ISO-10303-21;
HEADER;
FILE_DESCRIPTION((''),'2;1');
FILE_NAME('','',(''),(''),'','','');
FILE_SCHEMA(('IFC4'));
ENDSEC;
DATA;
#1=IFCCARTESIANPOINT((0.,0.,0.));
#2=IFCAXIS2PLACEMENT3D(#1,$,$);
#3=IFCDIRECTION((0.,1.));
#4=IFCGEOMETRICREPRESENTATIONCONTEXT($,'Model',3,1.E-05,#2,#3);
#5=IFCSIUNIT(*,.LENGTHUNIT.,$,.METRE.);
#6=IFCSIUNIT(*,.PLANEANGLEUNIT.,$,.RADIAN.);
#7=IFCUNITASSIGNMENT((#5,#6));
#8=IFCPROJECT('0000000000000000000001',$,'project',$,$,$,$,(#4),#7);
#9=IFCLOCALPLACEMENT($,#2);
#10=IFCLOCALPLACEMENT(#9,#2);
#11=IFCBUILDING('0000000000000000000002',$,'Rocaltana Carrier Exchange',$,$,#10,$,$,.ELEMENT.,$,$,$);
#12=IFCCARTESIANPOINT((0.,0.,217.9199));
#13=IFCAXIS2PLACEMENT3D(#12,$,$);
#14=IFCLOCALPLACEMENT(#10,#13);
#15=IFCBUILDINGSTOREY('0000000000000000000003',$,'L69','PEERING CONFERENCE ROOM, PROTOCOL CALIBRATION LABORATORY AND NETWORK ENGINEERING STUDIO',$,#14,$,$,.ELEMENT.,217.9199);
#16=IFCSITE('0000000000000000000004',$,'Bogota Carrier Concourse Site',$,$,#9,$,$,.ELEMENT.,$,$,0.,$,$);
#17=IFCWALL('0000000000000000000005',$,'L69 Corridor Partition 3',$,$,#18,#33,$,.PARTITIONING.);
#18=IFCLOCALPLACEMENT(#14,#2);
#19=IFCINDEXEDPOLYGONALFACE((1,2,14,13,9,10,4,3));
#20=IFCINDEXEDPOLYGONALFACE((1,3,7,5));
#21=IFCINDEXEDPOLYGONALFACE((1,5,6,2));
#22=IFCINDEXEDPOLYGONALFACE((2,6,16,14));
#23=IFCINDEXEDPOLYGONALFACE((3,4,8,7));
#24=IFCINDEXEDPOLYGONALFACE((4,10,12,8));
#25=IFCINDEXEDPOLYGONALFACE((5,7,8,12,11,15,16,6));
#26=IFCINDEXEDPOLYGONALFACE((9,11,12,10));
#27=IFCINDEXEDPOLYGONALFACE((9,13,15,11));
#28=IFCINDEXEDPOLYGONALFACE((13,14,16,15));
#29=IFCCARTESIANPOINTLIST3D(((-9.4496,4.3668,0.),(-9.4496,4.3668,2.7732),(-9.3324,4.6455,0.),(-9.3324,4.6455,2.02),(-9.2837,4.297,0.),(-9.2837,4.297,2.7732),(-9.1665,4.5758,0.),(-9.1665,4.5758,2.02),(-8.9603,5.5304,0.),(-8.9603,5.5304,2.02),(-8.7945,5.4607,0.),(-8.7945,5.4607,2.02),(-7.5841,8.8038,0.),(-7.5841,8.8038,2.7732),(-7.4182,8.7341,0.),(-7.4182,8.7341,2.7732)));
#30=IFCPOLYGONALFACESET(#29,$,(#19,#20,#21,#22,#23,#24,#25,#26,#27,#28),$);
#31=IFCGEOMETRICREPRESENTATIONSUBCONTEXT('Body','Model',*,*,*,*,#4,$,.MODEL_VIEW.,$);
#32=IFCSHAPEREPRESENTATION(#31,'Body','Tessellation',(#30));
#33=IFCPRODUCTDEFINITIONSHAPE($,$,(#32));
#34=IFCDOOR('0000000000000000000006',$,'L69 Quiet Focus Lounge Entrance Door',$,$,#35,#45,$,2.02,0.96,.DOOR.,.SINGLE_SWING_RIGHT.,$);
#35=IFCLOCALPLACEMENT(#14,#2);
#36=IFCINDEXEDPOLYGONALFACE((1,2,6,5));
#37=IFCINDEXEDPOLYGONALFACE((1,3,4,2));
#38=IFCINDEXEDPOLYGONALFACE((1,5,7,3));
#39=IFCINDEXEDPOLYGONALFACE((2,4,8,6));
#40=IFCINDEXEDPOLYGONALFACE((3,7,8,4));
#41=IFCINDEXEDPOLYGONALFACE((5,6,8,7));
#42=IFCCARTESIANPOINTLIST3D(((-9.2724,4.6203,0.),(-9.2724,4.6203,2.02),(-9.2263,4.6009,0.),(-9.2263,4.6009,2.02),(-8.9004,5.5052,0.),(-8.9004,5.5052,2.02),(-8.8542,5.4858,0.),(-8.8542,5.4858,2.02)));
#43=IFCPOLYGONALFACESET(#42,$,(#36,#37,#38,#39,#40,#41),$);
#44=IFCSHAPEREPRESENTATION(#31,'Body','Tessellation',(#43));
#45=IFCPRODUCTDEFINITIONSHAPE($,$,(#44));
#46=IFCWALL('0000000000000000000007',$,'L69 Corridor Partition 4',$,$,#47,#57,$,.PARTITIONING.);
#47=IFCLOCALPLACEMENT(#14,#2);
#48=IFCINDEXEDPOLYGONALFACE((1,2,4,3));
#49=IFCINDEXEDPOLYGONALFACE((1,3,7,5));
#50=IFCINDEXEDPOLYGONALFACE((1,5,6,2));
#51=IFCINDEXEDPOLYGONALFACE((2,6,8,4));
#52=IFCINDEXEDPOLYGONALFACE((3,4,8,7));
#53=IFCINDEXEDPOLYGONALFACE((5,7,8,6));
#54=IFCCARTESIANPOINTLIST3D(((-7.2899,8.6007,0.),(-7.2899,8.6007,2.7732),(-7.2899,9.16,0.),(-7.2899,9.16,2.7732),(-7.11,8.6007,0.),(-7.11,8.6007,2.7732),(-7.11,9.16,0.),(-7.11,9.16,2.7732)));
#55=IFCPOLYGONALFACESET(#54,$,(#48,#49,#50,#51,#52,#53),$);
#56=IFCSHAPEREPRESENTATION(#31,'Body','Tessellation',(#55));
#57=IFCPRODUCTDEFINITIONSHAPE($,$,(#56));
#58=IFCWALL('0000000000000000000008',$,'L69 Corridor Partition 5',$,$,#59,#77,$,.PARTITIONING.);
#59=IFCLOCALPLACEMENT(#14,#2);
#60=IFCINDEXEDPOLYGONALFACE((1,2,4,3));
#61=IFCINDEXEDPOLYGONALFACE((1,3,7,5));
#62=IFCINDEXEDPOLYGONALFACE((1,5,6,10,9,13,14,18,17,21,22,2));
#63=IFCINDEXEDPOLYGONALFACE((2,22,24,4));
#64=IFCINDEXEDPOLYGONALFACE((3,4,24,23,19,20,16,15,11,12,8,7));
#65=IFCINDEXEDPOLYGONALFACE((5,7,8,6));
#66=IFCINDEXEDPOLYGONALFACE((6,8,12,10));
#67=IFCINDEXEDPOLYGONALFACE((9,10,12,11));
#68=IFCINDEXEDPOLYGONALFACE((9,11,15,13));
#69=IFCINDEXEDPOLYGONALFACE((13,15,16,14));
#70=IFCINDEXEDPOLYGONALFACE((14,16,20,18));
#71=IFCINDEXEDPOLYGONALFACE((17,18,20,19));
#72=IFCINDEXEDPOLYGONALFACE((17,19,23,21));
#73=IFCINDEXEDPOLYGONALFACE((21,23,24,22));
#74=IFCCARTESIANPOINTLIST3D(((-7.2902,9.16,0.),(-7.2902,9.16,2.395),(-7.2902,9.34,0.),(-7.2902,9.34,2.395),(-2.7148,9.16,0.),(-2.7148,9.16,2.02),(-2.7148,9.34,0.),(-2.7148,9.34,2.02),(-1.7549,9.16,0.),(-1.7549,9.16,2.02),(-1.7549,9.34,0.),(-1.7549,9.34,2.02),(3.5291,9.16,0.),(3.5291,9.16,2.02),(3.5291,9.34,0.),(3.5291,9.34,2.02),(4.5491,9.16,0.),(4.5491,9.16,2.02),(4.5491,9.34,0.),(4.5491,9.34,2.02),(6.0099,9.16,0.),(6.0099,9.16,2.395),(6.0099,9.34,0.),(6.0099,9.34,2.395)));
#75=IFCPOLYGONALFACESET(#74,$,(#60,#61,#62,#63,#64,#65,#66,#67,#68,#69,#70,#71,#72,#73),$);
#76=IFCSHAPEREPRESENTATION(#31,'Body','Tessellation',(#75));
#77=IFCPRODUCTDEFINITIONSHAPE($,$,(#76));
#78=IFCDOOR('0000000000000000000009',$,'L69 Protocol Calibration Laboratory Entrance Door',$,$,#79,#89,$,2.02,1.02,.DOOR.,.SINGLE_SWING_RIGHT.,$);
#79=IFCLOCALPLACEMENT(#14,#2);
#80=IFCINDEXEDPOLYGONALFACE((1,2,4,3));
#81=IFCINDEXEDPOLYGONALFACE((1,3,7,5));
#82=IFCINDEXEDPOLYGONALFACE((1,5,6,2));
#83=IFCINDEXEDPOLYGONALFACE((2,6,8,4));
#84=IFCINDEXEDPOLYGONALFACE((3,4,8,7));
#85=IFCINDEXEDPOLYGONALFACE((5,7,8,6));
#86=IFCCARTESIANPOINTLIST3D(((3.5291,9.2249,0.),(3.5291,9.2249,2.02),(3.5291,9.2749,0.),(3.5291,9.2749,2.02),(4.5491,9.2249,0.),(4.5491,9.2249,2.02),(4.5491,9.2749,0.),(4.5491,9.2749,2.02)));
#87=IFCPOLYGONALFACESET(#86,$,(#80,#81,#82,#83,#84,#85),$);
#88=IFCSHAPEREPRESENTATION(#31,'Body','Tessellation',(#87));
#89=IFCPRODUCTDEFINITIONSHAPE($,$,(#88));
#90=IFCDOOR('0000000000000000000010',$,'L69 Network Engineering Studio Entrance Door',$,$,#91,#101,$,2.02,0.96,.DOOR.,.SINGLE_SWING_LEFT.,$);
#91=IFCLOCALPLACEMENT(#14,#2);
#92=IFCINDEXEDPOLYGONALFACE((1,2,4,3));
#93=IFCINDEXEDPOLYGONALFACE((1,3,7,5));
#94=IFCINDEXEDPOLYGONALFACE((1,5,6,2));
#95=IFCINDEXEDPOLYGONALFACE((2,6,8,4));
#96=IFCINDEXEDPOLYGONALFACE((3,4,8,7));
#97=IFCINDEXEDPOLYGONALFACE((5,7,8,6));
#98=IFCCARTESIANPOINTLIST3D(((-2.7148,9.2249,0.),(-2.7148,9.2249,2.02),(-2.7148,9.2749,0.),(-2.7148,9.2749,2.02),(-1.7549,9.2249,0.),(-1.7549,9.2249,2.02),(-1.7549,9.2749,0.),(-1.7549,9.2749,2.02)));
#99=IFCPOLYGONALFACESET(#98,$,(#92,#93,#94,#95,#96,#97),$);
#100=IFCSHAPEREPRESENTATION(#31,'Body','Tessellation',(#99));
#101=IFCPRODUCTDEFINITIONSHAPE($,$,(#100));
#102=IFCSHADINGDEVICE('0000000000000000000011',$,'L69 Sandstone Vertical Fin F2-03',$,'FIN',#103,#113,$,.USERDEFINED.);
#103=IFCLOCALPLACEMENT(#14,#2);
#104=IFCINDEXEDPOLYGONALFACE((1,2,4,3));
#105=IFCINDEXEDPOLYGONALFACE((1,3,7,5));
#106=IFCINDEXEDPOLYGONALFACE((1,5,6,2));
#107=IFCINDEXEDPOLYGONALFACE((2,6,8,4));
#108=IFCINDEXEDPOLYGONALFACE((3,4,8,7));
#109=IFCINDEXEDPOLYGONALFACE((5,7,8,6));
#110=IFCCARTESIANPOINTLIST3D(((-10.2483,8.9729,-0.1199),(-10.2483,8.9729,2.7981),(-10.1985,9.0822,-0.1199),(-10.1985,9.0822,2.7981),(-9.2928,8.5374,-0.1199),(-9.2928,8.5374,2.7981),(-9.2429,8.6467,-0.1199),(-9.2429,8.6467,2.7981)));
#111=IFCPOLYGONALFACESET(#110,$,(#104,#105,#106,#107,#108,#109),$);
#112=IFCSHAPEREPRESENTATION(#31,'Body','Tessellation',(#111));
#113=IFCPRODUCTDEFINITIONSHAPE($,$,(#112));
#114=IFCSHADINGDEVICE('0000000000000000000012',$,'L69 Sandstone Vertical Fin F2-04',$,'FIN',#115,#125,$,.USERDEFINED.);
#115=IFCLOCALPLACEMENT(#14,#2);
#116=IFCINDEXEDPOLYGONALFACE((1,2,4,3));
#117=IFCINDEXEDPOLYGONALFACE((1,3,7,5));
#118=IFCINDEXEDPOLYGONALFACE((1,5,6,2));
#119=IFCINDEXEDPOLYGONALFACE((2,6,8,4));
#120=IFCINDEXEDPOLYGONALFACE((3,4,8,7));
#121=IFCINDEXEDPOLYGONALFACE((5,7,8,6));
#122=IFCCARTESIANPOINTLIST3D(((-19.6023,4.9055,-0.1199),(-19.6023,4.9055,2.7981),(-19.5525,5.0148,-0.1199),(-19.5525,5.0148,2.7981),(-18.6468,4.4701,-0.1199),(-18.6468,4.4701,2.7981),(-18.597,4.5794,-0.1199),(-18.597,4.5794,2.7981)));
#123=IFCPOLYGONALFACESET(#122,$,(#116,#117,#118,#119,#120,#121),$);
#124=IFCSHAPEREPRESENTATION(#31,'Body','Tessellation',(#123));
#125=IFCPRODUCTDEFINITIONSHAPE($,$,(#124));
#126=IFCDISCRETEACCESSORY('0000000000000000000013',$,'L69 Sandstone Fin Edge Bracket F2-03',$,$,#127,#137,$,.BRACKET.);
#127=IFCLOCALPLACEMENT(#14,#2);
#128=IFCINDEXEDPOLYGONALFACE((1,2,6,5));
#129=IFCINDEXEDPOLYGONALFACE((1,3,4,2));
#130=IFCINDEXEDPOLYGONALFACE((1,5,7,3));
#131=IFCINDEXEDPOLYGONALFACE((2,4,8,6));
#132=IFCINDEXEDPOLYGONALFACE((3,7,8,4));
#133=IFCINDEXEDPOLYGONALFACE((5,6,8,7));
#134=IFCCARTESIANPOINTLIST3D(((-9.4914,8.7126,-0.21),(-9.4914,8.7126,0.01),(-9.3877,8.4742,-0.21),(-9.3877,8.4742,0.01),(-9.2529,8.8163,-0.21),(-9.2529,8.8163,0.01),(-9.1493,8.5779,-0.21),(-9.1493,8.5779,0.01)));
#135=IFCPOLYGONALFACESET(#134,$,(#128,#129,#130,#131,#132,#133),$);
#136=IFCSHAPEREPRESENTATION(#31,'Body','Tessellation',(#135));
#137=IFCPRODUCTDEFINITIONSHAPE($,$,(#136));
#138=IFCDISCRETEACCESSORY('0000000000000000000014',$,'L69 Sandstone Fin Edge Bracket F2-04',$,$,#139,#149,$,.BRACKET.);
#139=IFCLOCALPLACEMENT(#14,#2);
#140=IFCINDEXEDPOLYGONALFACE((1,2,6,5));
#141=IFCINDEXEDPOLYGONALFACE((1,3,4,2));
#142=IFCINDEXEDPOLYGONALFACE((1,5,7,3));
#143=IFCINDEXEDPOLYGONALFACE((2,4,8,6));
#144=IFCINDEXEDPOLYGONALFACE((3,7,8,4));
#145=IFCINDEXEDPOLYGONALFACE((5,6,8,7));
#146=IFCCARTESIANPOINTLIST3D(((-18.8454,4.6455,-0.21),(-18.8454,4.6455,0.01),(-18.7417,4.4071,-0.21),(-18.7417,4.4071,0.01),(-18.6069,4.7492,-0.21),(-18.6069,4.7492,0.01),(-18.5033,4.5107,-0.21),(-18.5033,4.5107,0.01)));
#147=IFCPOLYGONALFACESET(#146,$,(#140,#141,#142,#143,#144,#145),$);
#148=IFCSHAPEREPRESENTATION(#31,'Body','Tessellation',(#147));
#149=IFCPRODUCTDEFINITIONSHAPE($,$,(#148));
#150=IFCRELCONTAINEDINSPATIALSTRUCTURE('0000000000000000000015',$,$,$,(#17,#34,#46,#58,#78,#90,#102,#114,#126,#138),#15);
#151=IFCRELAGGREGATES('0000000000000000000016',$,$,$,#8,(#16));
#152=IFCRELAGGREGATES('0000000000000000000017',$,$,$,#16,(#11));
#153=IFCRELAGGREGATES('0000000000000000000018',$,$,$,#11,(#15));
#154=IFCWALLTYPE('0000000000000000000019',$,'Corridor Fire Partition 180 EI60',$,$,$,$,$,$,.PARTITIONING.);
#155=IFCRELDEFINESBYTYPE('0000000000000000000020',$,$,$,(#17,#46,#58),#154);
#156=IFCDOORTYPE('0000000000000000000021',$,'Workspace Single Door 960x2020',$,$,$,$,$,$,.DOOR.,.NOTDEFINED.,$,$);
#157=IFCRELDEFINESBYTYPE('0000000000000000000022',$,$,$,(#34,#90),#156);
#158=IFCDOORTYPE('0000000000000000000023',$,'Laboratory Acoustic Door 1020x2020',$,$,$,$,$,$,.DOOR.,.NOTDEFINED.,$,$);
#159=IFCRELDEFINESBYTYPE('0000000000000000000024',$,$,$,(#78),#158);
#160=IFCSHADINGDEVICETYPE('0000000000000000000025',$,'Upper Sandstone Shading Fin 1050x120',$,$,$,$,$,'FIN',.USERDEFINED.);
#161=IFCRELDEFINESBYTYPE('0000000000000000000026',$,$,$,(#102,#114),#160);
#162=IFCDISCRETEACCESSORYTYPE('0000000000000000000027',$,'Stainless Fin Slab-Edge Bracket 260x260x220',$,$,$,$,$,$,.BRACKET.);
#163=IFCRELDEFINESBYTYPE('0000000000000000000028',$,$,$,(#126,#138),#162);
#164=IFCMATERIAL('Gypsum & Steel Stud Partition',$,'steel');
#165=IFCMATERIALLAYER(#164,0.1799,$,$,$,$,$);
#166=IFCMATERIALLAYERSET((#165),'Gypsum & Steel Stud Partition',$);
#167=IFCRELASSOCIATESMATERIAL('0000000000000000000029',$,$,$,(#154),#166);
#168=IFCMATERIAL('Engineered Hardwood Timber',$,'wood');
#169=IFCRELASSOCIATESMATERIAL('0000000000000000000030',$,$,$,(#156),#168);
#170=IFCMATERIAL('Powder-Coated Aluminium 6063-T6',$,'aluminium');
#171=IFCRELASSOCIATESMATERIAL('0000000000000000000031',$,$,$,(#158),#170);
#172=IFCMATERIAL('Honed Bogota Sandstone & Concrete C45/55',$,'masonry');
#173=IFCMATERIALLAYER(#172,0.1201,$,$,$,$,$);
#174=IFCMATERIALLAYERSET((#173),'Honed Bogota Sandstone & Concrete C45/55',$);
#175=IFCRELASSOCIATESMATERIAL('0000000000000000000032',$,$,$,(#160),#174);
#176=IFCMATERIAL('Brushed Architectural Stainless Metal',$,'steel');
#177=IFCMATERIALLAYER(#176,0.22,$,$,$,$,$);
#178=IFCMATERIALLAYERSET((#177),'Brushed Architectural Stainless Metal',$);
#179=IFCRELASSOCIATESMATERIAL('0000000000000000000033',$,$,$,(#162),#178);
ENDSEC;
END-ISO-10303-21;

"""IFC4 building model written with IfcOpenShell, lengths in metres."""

from ifc_helpers import new_model, si_unit, direction, frame, frame_2d, origin, origin_2d, place, context, subcontext, project, spatial, rectangle, extrude, material, layer, layer_set, type_object, element, fill, save


model = new_model("IFC4")

# Units and contexts
model_context = context("Model", 3, precision=1e-05, world=origin(), true_north=direction((0.0, 1.0)))
body_context = subcontext(model_context, "Body", "Model", "MODEL_VIEW")
ifc_project = project(units=[si_unit("LENGTHUNIT", "METRE"), si_unit("PLANEANGLEUNIT", "RADIAN")], contexts=[model_context])

# Site, building, storey
site_placement = place(None, origin())
site = spatial("IfcSite", under=ifc_project, at=site_placement, Name="Bogota Carrier Concourse Site", CompositionType="ELEMENT", RefElevation=0.0)
building_placement = place(site_placement, origin())
building = spatial("IfcBuilding", under=site, at=building_placement, Name="Rocaltana Carrier Exchange", CompositionType="ELEMENT")
storey_placement = place(building_placement, frame((0.0, 0.0, 217.9199)))
storey = spatial("IfcBuildingStorey", under=building, at=storey_placement, Name="L69", Description="PEERING CONFERENCE ROOM, PROTOCOL CALIBRATION LABORATORY AND NETWORK ENGINEERING STUDIO", CompositionType="ELEMENT", Elevation=217.9199)

# Wall, opening, door
ifc_material_1 = material(Name="Gypsum & Steel Stud Partition", Category="steel")
ifc_layer_1 = layer(ifc_material_1, 0.1799)
ifc_layer_set_1 = layer_set([ifc_layer_1], Name="Gypsum & Steel Stud Partition")
wall_type_1 = type_object("IfcWallType", Name="Corridor Fire Partition 180 EI60", PredefinedType="PARTITIONING", material=ifc_layer_set_1)
wall_1_placement = place(storey_placement, frame((-9.3667, 4.3318, 0.0), z_axis=(0.0, 0.0, 1.0), x_axis=(0.387574, 0.921839, 0.0)))
wall_1 = element("IfcWall", 1, at=wall_1_placement, inside=storey, type_object=wall_type_1, Name="L69 Corridor Partition 3", PredefinedType="PARTITIONING", context=body_context, shape_type="SweptSolid", body=[
    extrude(rectangle(XDim=4.8132, YDim=0.1799, at=frame_2d((2.4067, 0.0))), origin(), (0.0, 0.0, 1.0), 2.7732),
])
opening_1_placement = place(wall_1_placement, frame((0.3025, 0.0, 0.0)))
opening_1 = element("IfcOpeningElement", 2, at=opening_1_placement, cuts=wall_1, PredefinedType="OPENING", context=body_context, shape_type="SweptSolid", body=[
    extrude(rectangle(XDim=0.96, YDim=2.02, at=frame_2d((0.48, 1.01))), frame((0.0, 0.0999, 0.0), z_axis=(0.0, -1.0, 0.0), x_axis=(1.0, 0.0, 0.0)), (0.0, 0.0, 1.0), 0.2),
])
ifc_material_2 = material(Name="Engineered Hardwood Timber", Category="wood")
door_type_1 = type_object("IfcDoorType", Name="Workspace Single Door 960x2020", OperationType="NOTDEFINED", PredefinedType="DOOR", material=ifc_material_2)
door_1_placement = place(opening_1_placement, origin())
door_1 = element("IfcDoor", 3, at=door_1_placement, inside=storey, type_object=door_type_1, Name="L69 Quiet Focus Lounge Entrance Door", OperationType="SINGLE_SWING_RIGHT", OverallHeight=2.02, OverallWidth=0.96, PredefinedType="DOOR", context=body_context, shape_type="SweptSolid", body=[
    extrude(rectangle(XDim=0.96, YDim=2.02, at=frame_2d((0.48, 1.01))), frame((0.0, 0.0249, 0.0), z_axis=(0.0, -1.0, 0.0), x_axis=(1.0, 0.0, 0.0)), (0.0, 0.0, 1.0), 0.05),
])
fill(opening_1, door_1)

# Wall
wall_2_placement = place(storey_placement, frame((-7.2, 8.6006, 0.0), z_axis=(0.0, 0.0, 1.0), x_axis=(0.0, 1.0, 0.0)))
element("IfcWall", 4, at=wall_2_placement, inside=storey, type_object=wall_type_1, Name="L69 Corridor Partition 4", PredefinedType="PARTITIONING", context=body_context, shape_type="SweptSolid", body=[
    extrude(rectangle(XDim=0.5593, YDim=0.1799, at=frame_2d((0.2798, 0.0))), origin(), (0.0, 0.0, 1.0), 2.7732),
])

# Wall, openings, doors
wall_3_placement = place(storey_placement, frame((-7.29, 9.25, 0.0), z_axis=(0.0, 0.0, 1.0), x_axis=(1.0, 0.0, 0.0)))
wall_3 = element("IfcWall", 5, at=wall_3_placement, inside=storey, type_object=wall_type_1, Name="L69 Corridor Partition 5", PredefinedType="PARTITIONING", context=body_context, shape_type="SweptSolid", body=[
    extrude(rectangle(XDim=13.3, YDim=0.1799, at=frame_2d((6.6499, 0.0))), origin(), (0.0, 0.0, 1.0), 2.395),
])
opening_2_placement = place(wall_3_placement, frame((10.8191, 0.0, 0.0)))
opening_2 = element("IfcOpeningElement", 6, at=opening_2_placement, cuts=wall_3, PredefinedType="OPENING", context=body_context, shape_type="SweptSolid", body=[
    extrude(rectangle(XDim=1.02, YDim=2.02, at=frame_2d((0.51, 1.01))), frame((0.0, 0.0999, 0.0), z_axis=(0.0, -1.0, 0.0), x_axis=(1.0, 0.0, 0.0)), (0.0, 0.0, 1.0), 0.2),
])
opening_3_placement = place(wall_3_placement, frame((4.5752, 0.0, 0.0)))
opening_3 = element("IfcOpeningElement", 7, at=opening_3_placement, cuts=wall_3, PredefinedType="OPENING", context=body_context, shape_type="SweptSolid", body=[
    extrude(rectangle(XDim=0.96, YDim=2.02, at=frame_2d((0.48, 1.01))), frame((0.0, 0.0999, 0.0), z_axis=(0.0, -1.0, 0.0), x_axis=(1.0, 0.0, 0.0)), (0.0, 0.0, 1.0), 0.2),
])
ifc_material_3 = material(Name="Powder-Coated Aluminium 6063-T6", Category="aluminium")
door_type_2 = type_object("IfcDoorType", Name="Laboratory Acoustic Door 1020x2020", OperationType="NOTDEFINED", PredefinedType="DOOR", material=ifc_material_3)
door_2_placement = place(opening_2_placement, origin())
door_2 = element("IfcDoor", 8, at=door_2_placement, inside=storey, type_object=door_type_2, Name="L69 Protocol Calibration Laboratory Entrance Door", OperationType="SINGLE_SWING_RIGHT", OverallHeight=2.02, OverallWidth=1.02, PredefinedType="DOOR", context=body_context, shape_type="SweptSolid", body=[
    extrude(rectangle(XDim=1.02, YDim=2.02, at=frame_2d((0.51, 1.01))), frame((0.0, 0.0249, 0.0), z_axis=(0.0, -1.0, 0.0), x_axis=(1.0, 0.0, 0.0)), (0.0, 0.0, 1.0), 0.05),
])
fill(opening_2, door_2)
door_3_placement = place(opening_3_placement, origin())
door_3 = element("IfcDoor", 9, at=door_3_placement, inside=storey, type_object=door_type_1, Name="L69 Network Engineering Studio Entrance Door", OperationType="SINGLE_SWING_LEFT", OverallHeight=2.02, OverallWidth=0.96, PredefinedType="DOOR", context=body_context, shape_type="SweptSolid", body=[
    extrude(rectangle(XDim=0.96, YDim=2.02, at=frame_2d((0.48, 1.01))), frame((0.0, 0.0249, 0.0), z_axis=(0.0, -1.0, 0.0), x_axis=(1.0, 0.0, 0.0)), (0.0, 0.0, 1.0), 0.05),
])
fill(opening_3, door_3)

# Shading devices
ifc_material_4 = material(Name="Honed Bogota Sandstone & Concrete C45/55", Category="masonry")
ifc_layer_2 = layer(ifc_material_4, 0.1201)
ifc_layer_set_2 = layer_set([ifc_layer_2], Name="Honed Bogota Sandstone & Concrete C45/55")
shading_device_type = type_object("IfcShadingDeviceType", Name="Upper Sandstone Shading Fin 1050x120", ElementType="FIN", PredefinedType="USERDEFINED", material=ifc_layer_set_2)
for number, where, z_axis, x_axis, name in (
    (10, (-9.7456, 8.8098, -0.1199), (0.0, 0.0, 1.0), (-0.909961, 0.414693, 0.0), "L69 Sandstone Vertical Fin F2-03"),
    (11, (-19.0996, 4.7424, -0.1199), (0.0, 0.0, 1.0), (-0.909961, 0.414693, 0.0), "L69 Sandstone Vertical Fin F2-04"),
):
    element("IfcShadingDevice", number, at=place(storey_placement, frame(where, z_axis=z_axis, x_axis=x_axis)), inside=storey, type_object=shading_device_type, Name=name, ObjectType="FIN", PredefinedType="USERDEFINED", context=body_context, shape_type="SweptSolid", body=[
        extrude(rectangle(XDim=1.05, YDim=0.1201, at=origin_2d()), origin(), (0.0, 0.0, 1.0), 2.918),
    ])

# Discrete accessories
ifc_material_5 = material(Name="Brushed Architectural Stainless Metal", Category="steel")
ifc_layer_3 = layer(ifc_material_5, 0.22)
ifc_layer_set_3 = layer_set([ifc_layer_3], Name="Brushed Architectural Stainless Metal")
discrete_accessory_type = type_object("IfcDiscreteAccessoryType", Name="Stainless Fin Slab-Edge Bracket 260x260x220", PredefinedType="BRACKET", material=ifc_layer_set_3)
for number, where, z_axis, x_axis, name in (
    (12, (-9.3203, 8.6453, -0.21), (0.0, 0.0, 1.0), (-0.91706, -0.398749, 0.0), "L69 Sandstone Fin Edge Bracket F2-03"),
    (13, (-18.6743, 4.5781, -0.21), (0.0, 0.0, 1.0), (-0.91706, -0.398749, 0.0), "L69 Sandstone Fin Edge Bracket F2-04"),
):
    element("IfcDiscreteAccessory", number, at=place(storey_placement, frame(where, z_axis=z_axis, x_axis=x_axis)), inside=storey, type_object=discrete_accessory_type, Name=name, PredefinedType="BRACKET", context=body_context, shape_type="SweptSolid", body=[
        extrude(rectangle(XDim=0.26, YDim=0.26, at=origin_2d()), origin(), (0.0, 0.0, 1.0), 0.22),
    ])

save(model, "model.ifc")
